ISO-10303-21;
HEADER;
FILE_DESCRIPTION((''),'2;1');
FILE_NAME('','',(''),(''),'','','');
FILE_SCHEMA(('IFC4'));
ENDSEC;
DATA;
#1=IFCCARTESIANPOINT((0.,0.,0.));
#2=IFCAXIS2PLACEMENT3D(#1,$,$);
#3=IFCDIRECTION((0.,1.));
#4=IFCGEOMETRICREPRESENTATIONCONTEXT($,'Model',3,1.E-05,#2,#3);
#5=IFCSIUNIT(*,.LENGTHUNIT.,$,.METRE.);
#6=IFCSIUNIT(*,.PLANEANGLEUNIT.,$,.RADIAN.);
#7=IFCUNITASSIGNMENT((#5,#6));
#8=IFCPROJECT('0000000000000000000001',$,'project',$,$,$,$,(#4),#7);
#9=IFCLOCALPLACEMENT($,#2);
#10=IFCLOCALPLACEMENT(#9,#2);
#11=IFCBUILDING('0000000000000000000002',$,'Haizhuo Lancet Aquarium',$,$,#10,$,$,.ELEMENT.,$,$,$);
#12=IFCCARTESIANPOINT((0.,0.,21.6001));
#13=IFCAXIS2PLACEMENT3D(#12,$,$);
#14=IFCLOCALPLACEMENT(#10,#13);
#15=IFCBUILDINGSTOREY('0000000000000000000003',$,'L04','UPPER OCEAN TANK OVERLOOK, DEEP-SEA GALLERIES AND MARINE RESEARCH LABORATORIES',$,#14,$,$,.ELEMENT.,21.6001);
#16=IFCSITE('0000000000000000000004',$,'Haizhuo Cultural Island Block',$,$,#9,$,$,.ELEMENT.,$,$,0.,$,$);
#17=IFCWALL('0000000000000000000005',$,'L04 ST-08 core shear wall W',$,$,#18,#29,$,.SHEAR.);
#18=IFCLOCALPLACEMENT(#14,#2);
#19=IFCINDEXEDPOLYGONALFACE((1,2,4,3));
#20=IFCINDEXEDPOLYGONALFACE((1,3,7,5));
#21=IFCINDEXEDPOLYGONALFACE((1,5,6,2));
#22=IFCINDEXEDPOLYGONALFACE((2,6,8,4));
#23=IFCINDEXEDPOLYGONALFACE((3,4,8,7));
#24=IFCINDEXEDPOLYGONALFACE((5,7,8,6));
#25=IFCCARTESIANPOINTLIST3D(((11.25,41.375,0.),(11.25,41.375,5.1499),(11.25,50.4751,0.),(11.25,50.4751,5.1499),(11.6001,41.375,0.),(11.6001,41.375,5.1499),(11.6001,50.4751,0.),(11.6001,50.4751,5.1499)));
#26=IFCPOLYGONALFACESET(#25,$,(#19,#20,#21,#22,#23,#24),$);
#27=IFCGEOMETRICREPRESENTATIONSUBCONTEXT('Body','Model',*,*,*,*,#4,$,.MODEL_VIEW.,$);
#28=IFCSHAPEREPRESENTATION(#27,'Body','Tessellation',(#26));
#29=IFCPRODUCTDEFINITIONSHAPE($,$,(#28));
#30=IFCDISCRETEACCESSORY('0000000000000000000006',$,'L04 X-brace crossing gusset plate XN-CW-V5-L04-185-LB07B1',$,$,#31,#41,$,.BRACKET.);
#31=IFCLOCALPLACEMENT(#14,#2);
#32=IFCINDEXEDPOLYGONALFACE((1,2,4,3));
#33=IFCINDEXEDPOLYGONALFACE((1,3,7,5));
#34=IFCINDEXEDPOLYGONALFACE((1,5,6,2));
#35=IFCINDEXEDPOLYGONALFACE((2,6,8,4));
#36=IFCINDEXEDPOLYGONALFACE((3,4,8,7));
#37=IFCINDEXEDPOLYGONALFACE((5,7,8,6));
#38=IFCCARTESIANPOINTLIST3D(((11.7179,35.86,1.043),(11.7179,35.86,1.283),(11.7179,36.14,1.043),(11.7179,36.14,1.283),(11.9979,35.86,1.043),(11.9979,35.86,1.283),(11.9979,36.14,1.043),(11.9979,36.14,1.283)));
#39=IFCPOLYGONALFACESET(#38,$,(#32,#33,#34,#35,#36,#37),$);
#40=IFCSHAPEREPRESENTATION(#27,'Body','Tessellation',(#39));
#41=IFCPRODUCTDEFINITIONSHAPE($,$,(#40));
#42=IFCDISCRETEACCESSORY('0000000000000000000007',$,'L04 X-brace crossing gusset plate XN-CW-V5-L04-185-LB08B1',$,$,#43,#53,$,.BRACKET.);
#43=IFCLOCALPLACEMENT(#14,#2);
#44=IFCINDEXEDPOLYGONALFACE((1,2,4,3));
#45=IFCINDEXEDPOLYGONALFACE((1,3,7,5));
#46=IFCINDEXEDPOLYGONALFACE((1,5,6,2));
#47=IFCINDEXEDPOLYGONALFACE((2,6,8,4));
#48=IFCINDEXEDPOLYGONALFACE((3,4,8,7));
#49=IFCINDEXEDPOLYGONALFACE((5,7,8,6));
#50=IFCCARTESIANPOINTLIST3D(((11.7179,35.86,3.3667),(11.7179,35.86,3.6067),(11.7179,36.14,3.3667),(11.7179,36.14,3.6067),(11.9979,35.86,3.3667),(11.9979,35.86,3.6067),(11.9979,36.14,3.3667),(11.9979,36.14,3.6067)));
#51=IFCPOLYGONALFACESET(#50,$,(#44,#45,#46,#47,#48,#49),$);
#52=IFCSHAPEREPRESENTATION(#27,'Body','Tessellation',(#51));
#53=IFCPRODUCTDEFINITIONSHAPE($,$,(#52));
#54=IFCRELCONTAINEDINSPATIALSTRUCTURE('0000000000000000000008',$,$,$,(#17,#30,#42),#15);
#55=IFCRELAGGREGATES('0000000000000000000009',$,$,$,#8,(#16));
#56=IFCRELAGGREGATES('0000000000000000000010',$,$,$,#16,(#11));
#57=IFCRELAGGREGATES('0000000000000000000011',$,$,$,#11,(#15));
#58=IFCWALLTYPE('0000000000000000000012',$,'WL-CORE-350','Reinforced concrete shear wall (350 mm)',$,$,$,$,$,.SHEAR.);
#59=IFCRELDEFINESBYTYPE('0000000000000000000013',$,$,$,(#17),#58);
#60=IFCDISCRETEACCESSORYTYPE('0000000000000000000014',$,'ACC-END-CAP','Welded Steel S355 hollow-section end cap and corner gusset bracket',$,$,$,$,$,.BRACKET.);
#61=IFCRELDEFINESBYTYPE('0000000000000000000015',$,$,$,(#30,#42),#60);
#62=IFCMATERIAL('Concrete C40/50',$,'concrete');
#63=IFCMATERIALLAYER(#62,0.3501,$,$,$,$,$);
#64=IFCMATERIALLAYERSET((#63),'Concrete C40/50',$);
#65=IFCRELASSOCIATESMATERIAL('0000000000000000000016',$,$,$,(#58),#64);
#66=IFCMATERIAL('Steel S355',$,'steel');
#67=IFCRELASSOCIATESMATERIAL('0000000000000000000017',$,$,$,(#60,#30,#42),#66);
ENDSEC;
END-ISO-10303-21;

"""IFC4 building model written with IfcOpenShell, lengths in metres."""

from ifc_helpers import new_model, si_unit, direction, frame, frame_2d, origin, origin_2d, place, context, subcontext, project, spatial, rectangle, extrude, material, layer, layer_set, type_object, element, save


model = new_model("IFC4")

# Units and contexts
model_context = context("Model", 3, precision=1e-05, world=origin(), true_north=direction((0.0, 1.0)))
body_context = subcontext(model_context, "Body", "Model", "MODEL_VIEW")
ifc_project = project(units=[si_unit("LENGTHUNIT", "METRE"), si_unit("PLANEANGLEUNIT", "RADIAN")], contexts=[model_context])

# Site, building, storey
site_placement = place(None, origin())
site = spatial("IfcSite", under=ifc_project, at=site_placement, Name="Haizhuo Cultural Island Block", CompositionType="ELEMENT", RefElevation=0.0)
building_placement = place(site_placement, origin())
building = spatial("IfcBuilding", under=site, at=building_placement, Name="Haizhuo Lancet Aquarium", CompositionType="ELEMENT")
storey_placement = place(building_placement, frame((0.0, 0.0, 21.6001)))
storey = spatial("IfcBuildingStorey", under=building, at=storey_placement, Name="L04", Description="UPPER OCEAN TANK OVERLOOK, DEEP-SEA GALLERIES AND MARINE RESEARCH LABORATORIES", CompositionType="ELEMENT", Elevation=21.6001)

# Shared definitions
ifc_material_1 = material(Name="Concrete C40/50", Category="concrete")

# Shared definitions
ifc_material_2 = material(Name="Steel S355", Category="steel")

# Shared definitions
ifc_layer_1 = layer(ifc_material_1, 0.3501)
ifc_layer_set_1 = layer_set([ifc_layer_1], Name="Concrete C40/50")
wall_type_1 = type_object("IfcWallType", Name="WL-CORE-350", Description="Reinforced concrete shear wall (350 mm)", PredefinedType="SHEAR", material=ifc_layer_set_1)

# Wall
wall_1_placement = place(storey_placement, frame((11.425, 41.375, 0.0), z_axis=(0.0, 0.0, 1.0), x_axis=(0.0, 1.0, 0.0)))
element("IfcWall", 1, at=wall_1_placement, inside=storey, type_object=wall_type_1, Name="L04 ST-08 core shear wall W", PredefinedType="SHEAR", context=body_context, shape_type="SweptSolid", body=[
    extrude(rectangle(XDim=9.1001, YDim=0.3501, at=frame_2d((4.55, 0.0))), origin(), (0.0, 0.0, 1.0), 5.1499),
])

# Discrete accessories
discrete_accessory_type = type_object("IfcDiscreteAccessoryType", Name="ACC-END-CAP", Description="Welded Steel S355 hollow-section end cap and corner gusset bracket", PredefinedType="BRACKET", material=ifc_material_2)
for number, where, z_axis, x_axis, name in (
    (2, (11.8579, 36.0, 1.043), (0.0, 0.0, 1.0), (1.0, 0.0, 0.0), "L04 X-brace crossing gusset plate XN-CW-V5-L04-185-LB07B1"),
    (3, (11.8579, 36.0, 3.3667), (0.0, 0.0, 1.0), (1.0, 0.0, 0.0), "L04 X-brace crossing gusset plate XN-CW-V5-L04-185-LB08B1"),
):
    element("IfcDiscreteAccessory", number, at=place(storey_placement, frame(where, z_axis=z_axis, x_axis=x_axis)), inside=storey, type_object=discrete_accessory_type, material=ifc_material_2, Name=name, PredefinedType="BRACKET", context=body_context, shape_type="SweptSolid", body=[
        extrude(rectangle(XDim=0.28, YDim=0.28, at=origin_2d()), origin(), (0.0, 0.0, 1.0), 0.24),
    ])

save(model, "model.ifc")
